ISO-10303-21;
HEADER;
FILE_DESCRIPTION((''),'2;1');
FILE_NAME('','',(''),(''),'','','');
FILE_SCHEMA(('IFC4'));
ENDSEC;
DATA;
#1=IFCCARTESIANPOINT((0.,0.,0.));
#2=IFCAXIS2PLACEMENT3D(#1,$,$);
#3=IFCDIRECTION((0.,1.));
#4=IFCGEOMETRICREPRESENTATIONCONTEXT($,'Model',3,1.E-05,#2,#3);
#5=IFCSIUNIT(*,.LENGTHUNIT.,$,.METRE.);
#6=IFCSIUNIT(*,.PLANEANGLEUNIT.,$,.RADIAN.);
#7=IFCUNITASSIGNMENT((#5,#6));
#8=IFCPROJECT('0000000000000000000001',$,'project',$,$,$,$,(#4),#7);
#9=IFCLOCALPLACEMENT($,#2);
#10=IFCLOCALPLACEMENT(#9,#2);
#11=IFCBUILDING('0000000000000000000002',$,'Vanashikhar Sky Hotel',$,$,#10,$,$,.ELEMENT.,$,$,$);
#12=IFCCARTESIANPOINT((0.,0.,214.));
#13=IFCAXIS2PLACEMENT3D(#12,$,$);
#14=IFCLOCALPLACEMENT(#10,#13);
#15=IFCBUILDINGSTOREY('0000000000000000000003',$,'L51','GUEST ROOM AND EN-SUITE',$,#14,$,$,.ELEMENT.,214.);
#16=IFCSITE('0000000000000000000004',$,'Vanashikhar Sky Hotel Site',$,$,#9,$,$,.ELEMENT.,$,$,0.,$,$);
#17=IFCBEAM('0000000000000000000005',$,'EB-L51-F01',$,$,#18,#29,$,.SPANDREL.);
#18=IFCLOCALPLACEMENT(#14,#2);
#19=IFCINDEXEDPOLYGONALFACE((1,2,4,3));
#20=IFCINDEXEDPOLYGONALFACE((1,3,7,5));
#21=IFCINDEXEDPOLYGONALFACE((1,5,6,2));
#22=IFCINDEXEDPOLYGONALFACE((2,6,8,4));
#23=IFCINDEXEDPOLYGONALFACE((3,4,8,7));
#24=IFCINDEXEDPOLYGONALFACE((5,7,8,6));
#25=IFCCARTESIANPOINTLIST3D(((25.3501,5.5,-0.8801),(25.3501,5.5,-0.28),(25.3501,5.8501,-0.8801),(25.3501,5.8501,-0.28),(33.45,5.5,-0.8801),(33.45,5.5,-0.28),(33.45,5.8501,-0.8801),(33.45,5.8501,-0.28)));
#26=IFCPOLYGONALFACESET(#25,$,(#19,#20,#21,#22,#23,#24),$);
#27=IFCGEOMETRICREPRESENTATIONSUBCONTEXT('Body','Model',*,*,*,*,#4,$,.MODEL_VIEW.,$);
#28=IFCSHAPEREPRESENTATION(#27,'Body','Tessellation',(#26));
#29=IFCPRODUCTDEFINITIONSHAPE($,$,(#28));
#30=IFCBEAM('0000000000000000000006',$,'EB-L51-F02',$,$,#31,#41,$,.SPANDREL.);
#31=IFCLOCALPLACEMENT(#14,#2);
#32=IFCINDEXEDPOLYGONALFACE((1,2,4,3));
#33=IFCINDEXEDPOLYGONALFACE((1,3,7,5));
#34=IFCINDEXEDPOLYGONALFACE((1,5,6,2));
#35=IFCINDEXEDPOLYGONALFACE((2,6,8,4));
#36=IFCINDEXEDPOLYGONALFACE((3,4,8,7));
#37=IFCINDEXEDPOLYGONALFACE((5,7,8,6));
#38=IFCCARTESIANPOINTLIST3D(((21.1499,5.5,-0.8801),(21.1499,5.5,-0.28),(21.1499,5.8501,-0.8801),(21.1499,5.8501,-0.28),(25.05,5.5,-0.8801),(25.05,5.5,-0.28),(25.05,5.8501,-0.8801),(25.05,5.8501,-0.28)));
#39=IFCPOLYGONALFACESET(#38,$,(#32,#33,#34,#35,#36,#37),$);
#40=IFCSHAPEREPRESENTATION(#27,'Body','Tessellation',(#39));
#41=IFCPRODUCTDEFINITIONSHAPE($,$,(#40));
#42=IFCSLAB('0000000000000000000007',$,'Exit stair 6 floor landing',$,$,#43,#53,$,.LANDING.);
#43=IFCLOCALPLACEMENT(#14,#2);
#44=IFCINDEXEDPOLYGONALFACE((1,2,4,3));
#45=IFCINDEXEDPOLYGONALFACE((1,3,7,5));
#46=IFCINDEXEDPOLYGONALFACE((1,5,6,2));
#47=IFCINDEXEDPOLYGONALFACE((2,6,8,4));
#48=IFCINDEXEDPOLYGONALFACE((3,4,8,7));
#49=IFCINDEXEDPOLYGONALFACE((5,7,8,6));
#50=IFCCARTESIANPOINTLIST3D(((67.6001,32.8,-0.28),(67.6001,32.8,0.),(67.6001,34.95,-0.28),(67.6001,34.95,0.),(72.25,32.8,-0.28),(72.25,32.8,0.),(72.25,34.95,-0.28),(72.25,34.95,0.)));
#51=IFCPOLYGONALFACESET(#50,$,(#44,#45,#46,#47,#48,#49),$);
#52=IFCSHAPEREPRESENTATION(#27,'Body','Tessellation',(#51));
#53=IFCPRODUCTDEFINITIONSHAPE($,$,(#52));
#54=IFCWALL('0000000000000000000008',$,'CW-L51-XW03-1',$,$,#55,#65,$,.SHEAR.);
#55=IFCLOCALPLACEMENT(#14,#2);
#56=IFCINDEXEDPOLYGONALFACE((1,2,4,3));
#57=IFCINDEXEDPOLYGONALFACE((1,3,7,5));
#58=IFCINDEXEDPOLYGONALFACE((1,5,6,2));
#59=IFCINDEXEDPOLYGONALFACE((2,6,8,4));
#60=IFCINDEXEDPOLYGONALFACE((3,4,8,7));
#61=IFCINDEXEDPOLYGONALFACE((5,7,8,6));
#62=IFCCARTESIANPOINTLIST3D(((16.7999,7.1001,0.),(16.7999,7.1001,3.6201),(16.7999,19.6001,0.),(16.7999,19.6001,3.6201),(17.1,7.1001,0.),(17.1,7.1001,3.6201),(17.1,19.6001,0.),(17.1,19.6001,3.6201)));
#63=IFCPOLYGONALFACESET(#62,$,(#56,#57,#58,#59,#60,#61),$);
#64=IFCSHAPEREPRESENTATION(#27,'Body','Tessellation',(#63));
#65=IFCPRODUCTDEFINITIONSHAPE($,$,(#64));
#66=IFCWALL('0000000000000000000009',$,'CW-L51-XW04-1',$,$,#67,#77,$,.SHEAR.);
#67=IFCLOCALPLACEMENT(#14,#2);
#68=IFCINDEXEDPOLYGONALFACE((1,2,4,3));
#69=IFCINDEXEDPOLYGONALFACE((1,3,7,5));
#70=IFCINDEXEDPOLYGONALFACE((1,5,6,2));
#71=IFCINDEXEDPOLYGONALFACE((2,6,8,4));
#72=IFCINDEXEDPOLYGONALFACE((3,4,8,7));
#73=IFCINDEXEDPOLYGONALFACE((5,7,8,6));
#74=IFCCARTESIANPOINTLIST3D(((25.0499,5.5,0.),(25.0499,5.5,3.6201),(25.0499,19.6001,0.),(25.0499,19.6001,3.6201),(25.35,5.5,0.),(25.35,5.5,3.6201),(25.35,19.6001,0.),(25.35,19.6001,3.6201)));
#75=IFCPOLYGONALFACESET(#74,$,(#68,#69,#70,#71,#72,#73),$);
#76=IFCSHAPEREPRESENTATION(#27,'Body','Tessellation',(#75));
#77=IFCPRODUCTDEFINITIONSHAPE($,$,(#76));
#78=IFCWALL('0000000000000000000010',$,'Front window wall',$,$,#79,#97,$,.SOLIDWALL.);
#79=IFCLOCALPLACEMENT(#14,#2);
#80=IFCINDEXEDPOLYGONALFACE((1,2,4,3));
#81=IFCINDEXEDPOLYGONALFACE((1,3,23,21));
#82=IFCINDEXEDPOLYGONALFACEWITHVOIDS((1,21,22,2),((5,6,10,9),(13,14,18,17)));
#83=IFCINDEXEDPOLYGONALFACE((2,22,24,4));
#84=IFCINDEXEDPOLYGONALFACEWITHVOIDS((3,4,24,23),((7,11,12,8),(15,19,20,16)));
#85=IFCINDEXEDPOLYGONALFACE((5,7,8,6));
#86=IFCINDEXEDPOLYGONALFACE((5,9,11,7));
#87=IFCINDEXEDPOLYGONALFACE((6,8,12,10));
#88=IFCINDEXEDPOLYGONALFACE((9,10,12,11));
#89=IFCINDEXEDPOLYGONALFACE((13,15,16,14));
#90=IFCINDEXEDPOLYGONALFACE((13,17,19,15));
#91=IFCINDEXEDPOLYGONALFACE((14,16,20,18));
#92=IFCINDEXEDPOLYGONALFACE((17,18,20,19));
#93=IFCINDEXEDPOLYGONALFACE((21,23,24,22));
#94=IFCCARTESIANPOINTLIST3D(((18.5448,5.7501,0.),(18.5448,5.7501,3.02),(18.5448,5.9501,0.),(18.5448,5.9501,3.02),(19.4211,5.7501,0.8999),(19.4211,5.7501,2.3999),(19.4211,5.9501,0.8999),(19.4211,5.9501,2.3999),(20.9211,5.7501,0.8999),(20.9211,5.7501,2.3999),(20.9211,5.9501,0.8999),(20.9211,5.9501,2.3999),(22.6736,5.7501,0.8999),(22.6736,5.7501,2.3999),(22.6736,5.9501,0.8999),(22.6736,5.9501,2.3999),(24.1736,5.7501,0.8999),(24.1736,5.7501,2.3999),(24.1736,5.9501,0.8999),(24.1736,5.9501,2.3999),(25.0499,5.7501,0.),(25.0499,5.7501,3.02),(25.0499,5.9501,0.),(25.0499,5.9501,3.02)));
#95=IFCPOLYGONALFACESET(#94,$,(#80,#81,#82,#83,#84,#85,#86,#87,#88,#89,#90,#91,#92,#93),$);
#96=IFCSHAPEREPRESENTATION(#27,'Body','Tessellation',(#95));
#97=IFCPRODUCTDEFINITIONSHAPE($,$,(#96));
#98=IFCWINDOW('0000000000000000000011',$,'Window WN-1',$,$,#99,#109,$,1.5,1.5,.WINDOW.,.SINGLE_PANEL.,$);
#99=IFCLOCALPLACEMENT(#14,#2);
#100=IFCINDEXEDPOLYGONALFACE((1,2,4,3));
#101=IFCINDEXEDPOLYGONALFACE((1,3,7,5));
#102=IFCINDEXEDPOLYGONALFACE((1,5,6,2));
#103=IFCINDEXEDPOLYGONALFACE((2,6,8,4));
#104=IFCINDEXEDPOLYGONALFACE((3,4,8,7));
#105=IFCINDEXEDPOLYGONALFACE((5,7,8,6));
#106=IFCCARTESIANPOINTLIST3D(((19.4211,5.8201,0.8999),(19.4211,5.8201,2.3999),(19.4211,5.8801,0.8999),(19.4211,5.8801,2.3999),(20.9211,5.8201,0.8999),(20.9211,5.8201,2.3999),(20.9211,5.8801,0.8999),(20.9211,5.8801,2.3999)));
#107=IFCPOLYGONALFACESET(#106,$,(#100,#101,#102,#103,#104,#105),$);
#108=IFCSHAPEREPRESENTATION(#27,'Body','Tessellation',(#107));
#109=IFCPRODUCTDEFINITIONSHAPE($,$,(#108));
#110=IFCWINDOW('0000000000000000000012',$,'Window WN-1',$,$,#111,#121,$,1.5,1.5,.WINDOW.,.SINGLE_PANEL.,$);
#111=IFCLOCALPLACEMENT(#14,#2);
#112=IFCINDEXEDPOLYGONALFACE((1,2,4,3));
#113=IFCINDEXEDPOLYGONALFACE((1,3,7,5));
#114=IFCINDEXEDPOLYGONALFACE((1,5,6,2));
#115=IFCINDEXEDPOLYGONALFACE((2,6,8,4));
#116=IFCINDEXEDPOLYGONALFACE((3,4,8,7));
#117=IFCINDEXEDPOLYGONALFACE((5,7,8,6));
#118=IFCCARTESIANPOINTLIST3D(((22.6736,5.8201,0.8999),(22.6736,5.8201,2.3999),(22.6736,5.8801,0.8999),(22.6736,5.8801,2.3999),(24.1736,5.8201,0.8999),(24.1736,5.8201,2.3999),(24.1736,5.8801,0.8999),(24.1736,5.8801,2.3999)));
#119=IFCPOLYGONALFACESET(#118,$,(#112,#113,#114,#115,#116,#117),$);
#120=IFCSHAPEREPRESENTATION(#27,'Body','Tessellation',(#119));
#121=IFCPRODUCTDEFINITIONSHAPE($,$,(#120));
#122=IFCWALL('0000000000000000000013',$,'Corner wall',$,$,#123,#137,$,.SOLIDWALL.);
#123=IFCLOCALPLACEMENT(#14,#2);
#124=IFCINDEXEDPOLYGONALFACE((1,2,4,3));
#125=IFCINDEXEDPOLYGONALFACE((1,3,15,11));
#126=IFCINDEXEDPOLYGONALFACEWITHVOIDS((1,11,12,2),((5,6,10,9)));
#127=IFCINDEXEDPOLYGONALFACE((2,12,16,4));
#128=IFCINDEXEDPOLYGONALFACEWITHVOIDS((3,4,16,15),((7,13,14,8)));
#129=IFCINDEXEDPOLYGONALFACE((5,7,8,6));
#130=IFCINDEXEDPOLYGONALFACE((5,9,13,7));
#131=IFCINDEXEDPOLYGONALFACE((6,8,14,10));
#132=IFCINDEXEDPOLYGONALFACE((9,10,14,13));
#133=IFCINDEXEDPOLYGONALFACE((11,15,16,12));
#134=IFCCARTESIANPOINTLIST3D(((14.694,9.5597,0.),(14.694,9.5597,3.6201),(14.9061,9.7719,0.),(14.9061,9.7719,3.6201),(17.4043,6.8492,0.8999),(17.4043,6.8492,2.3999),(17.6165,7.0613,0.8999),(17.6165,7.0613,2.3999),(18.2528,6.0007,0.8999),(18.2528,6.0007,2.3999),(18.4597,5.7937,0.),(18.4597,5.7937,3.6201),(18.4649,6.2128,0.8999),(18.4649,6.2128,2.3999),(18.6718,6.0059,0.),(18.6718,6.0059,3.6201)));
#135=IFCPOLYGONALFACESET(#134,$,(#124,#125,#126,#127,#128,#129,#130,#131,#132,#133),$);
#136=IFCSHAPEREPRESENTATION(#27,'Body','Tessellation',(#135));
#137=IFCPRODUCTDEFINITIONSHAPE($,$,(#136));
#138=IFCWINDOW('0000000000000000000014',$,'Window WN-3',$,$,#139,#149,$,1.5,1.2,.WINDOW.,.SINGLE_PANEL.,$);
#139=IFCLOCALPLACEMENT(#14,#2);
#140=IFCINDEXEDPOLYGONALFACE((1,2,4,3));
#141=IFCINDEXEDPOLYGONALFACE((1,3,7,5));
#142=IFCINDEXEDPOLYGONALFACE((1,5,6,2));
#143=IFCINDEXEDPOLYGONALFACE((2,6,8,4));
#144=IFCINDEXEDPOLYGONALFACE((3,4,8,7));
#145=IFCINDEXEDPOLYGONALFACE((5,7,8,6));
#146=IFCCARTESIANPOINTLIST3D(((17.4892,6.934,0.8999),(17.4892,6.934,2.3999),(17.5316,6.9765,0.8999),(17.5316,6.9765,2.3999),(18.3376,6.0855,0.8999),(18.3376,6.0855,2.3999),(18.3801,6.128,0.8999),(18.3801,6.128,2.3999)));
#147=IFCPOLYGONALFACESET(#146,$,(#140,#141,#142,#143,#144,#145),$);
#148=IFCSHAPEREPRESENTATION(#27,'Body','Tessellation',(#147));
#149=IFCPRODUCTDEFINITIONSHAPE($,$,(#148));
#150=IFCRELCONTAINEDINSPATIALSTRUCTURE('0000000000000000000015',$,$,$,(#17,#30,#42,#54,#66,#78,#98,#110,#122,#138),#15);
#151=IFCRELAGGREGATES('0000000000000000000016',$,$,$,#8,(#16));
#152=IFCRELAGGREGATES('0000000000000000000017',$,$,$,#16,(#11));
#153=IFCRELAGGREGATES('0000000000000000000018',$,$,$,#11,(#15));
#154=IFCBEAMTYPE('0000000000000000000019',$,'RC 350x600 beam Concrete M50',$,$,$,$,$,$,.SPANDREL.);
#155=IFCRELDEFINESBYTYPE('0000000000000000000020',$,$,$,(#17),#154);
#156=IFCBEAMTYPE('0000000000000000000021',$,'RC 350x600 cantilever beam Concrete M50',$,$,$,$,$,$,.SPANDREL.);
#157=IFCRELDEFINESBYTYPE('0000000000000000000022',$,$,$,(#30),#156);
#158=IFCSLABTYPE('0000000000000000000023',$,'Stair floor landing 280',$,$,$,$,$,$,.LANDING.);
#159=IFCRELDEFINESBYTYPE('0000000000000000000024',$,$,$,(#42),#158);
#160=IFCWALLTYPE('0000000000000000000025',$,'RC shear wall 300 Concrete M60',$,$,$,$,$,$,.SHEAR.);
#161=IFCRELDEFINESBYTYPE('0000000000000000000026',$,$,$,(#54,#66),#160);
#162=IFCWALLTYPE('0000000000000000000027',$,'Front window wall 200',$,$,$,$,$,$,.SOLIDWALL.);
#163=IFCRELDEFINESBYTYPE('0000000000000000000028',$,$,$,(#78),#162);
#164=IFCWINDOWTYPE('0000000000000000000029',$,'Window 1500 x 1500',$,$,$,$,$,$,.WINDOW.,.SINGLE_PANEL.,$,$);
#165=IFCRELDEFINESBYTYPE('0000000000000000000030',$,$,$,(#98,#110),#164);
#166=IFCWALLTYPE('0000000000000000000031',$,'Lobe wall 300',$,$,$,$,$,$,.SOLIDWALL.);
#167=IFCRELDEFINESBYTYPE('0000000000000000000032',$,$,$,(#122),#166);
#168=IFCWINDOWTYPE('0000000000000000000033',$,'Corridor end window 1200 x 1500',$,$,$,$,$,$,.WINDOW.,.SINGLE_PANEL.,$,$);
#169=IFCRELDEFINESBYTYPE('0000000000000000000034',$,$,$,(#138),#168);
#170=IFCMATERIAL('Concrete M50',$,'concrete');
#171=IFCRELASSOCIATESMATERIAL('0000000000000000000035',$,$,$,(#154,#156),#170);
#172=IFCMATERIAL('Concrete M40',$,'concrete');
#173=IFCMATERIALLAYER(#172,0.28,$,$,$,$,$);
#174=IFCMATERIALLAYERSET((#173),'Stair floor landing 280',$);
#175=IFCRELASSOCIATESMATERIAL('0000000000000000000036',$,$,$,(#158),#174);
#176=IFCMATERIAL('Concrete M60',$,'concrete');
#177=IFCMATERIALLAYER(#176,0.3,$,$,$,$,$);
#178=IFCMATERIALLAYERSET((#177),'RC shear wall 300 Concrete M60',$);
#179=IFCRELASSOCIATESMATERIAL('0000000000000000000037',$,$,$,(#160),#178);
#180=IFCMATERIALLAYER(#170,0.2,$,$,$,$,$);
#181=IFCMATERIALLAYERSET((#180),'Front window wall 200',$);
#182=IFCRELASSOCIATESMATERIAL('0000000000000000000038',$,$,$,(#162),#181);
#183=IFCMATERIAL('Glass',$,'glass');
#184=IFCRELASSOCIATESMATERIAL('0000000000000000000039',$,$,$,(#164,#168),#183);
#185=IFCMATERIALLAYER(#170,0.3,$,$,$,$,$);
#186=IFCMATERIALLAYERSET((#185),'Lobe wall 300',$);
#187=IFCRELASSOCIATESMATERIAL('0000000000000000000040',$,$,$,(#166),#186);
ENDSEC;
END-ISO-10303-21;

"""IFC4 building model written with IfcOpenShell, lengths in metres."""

from ifc_helpers import new_model, si_unit, direction, frame, frame_2d, origin, origin_2d, place, context, subcontext, project, spatial, polyline, rectangle, outline, extrude, source, transform, mapped, material, layer, layer_set, material_profile, profile_set, type_object, element, fill, save


model = new_model("IFC4")

# Units and contexts
model_context = context("Model", 3, precision=1e-05, world=origin(), true_north=direction((0.0, 1.0)))
body_context = subcontext(model_context, "Body", "Model", "MODEL_VIEW")
ifc_project = project(units=[si_unit("LENGTHUNIT", "METRE"), si_unit("PLANEANGLEUNIT", "RADIAN")], contexts=[model_context])

# Site, building, storey
site_placement = place(None, origin())
site = spatial("IfcSite", under=ifc_project, at=site_placement, Name="Vanashikhar Sky Hotel Site", CompositionType="ELEMENT", RefElevation=0.0)
building_placement = place(site_placement, origin())
building = spatial("IfcBuilding", under=site, at=building_placement, Name="Vanashikhar Sky Hotel", CompositionType="ELEMENT")
storey_placement = place(building_placement, frame((0.0, 0.0, 214.0)))
storey = spatial("IfcBuildingStorey", under=building, at=storey_placement, Name="L51", Description="GUEST ROOM AND EN-SUITE", CompositionType="ELEMENT", Elevation=214.0)

# Beams
ifc_material_1 = material(Name="Concrete M50", Category="concrete")
ifc_material_profile_1 = material_profile(ifc_material_1, rectangle(XDim=0.3501, YDim=0.6001, at=origin_2d()))
ifc_profile_set_1 = profile_set([ifc_material_profile_1], Name="RC 350x600 beam Concrete M50")
beam_type_1 = type_object("IfcBeamType", Name="RC 350x600 beam Concrete M50", PredefinedType="SPANDREL", material=ifc_profile_set_1)
shared_shape_1 = source(origin(), body_context, "Body", "SweptSolid", [
    extrude(rectangle(XDim=0.3501, YDim=0.6001, at=origin_2d()), origin(), (0.0, 0.0, 1.0), 8.0999),
])
beam_1_placement = place(storey_placement, frame((25.3501, 5.675, -0.5801), z_axis=(1.0, 0.0, 0.0), x_axis=(0.0, 1.0, 0.0)))
element("IfcBeam", 1, at=beam_1_placement, inside=storey, type_object=beam_type_1, Name="EB-L51-F01", PredefinedType="SPANDREL", context=body_context, shape_type="MappedRepresentation", body=[
    mapped(shared_shape_1, transform((0.0, 0.0, 0.0), scale=1.0)),
])
ifc_material_profile_2 = material_profile(ifc_material_1, rectangle(XDim=0.3501, YDim=0.6001, at=origin_2d()))
ifc_profile_set_2 = profile_set([ifc_material_profile_2], Name="RC 350x600 cantilever beam Concrete M50")
beam_type_2 = type_object("IfcBeamType", Name="RC 350x600 cantilever beam Concrete M50", PredefinedType="SPANDREL", material=ifc_profile_set_2)
shared_shape_2 = source(origin(), body_context, "Body", "SweptSolid", [
    extrude(rectangle(XDim=0.3501, YDim=0.6001, at=origin_2d()), origin(), (0.0, 0.0, 1.0), 3.9001),
])
beam_2_placement = place(storey_placement, frame((21.1499, 5.675, -0.5801), z_axis=(1.0, 0.0, 0.0), x_axis=(0.0, 1.0, 0.0)))
element("IfcBeam", 2, at=beam_2_placement, inside=storey, type_object=beam_type_2, Name="EB-L51-F02", PredefinedType="SPANDREL", context=body_context, shape_type="MappedRepresentation", body=[
    mapped(shared_shape_2, transform((0.0, 0.0, 0.0), scale=1.0)),
])

# Slab
ifc_material_2 = material(Name="Concrete M40", Category="concrete")
ifc_layer_1 = layer(ifc_material_2, 0.28)
ifc_layer_set_1 = layer_set([ifc_layer_1], Name="Stair floor landing 280")
slab_type = type_object("IfcSlabType", Name="Stair floor landing 280", PredefinedType="LANDING", material=ifc_layer_set_1)
shared_shape_3 = source(origin(), body_context, "Body", "SweptSolid", [
    extrude(outline(polyline([(72.25, 32.8), (72.25, 34.95), (67.6001, 34.95), (67.6001, 32.8), (72.25, 32.8)])), origin(), (0.0, 0.0, 1.0), 0.28),
])
slab_placement = place(storey_placement, frame((0.0, 0.0, -0.28)))
element("IfcSlab", 3, at=slab_placement, inside=storey, type_object=slab_type, Name="Exit stair 6 floor landing", PredefinedType="LANDING", context=body_context, shape_type="MappedRepresentation", body=[
    mapped(shared_shape_3, transform((0.0, 0.0, 0.0), scale=1.0)),
])

# Walls
ifc_material_3 = material(Name="Concrete M60", Category="concrete")
ifc_layer_2 = layer(ifc_material_3, 0.3)
ifc_layer_set_2 = layer_set([ifc_layer_2], Name="RC shear wall 300 Concrete M60")
wall_type_1 = type_object("IfcWallType", Name="RC shear wall 300 Concrete M60", PredefinedType="SHEAR", material=ifc_layer_set_2)
shared_shape_4 = source(origin(), body_context, "Body", "SweptSolid", [
    extrude(rectangle(XDim=12.5, YDim=0.3, at=frame_2d((6.25, 0.0))), origin(), (0.0, 0.0, 1.0), 3.6201),
])
wall_1_placement = place(storey_placement, frame((16.95, 7.1001, 0.0), z_axis=(0.0, 0.0, 1.0), x_axis=(0.0, 1.0, 0.0)))
element("IfcWall", 4, at=wall_1_placement, inside=storey, type_object=wall_type_1, Name="CW-L51-XW03-1", PredefinedType="SHEAR", context=body_context, shape_type="MappedRepresentation", body=[
    mapped(shared_shape_4, transform((0.0, 0.0, 0.0), scale=1.0)),
])
shared_shape_5 = source(origin(), body_context, "Body", "SweptSolid", [
    extrude(rectangle(XDim=14.1001, YDim=0.3, at=frame_2d((7.05, 0.0))), origin(), (0.0, 0.0, 1.0), 3.6201),
])
wall_2_placement = place(storey_placement, frame((25.2, 5.5, 0.0), z_axis=(0.0, 0.0, 1.0), x_axis=(0.0, 1.0, 0.0)))
element("IfcWall", 5, at=wall_2_placement, inside=storey, type_object=wall_type_1, Name="CW-L51-XW04-1", PredefinedType="SHEAR", context=body_context, shape_type="MappedRepresentation", body=[
    mapped(shared_shape_5, transform((0.0, 0.0, 0.0), scale=1.0)),
])

# Wall, openings, windows
ifc_layer_3 = layer(ifc_material_1, 0.2)
ifc_layer_set_3 = layer_set([ifc_layer_3], Name="Front window wall 200")
wall_type_2 = type_object("IfcWallType", Name="Front window wall 200", PredefinedType="SOLIDWALL", material=ifc_layer_set_3)
shared_shape_6 = source(origin(), body_context, "Body", "SweptSolid", [
    extrude(rectangle(XDim=6.5051, YDim=0.2, at=frame_2d((3.2524, 0.0))), origin(), (0.0, 0.0, 1.0), 3.02),
])
wall_3_placement = place(storey_placement, frame((18.5449, 5.8501, 0.0), z_axis=(0.0, 0.0, 1.0), x_axis=(1.0, 0.0, 0.0)))
wall_3 = element("IfcWall", 6, at=wall_3_placement, inside=storey, type_object=wall_type_2, Name="Front window wall", PredefinedType="SOLIDWALL", context=body_context, shape_type="MappedRepresentation", body=[
    mapped(shared_shape_6, transform((0.0, 0.0, 0.0), scale=1.0)),
])
shared_shape_7 = source(origin(), body_context, "Body", "SweptSolid", [
    extrude(rectangle(XDim=1.5, YDim=1.5, at=frame_2d((0.75, 0.75))), frame((0.0, 0.1099, 0.0), z_axis=(0.0, -1.0, 0.0), x_axis=(1.0, 0.0, 0.0)), (0.0, 0.0, 1.0), 0.22),
])
opening_1_placement = place(wall_3_placement, frame((0.8762, 0.0, 0.8999)))
opening_1 = element("IfcOpeningElement", 7, at=opening_1_placement, cuts=wall_3, PredefinedType="OPENING", context=body_context, shape_type="MappedRepresentation", body=[
    mapped(shared_shape_7, transform((0.0, 0.0, 0.0), scale=1.0)),
])
opening_2_placement = place(wall_3_placement, frame((4.1287, 0.0, 0.8999)))
opening_2 = element("IfcOpeningElement", 8, at=opening_2_placement, cuts=wall_3, PredefinedType="OPENING", context=body_context, shape_type="MappedRepresentation", body=[
    mapped(shared_shape_7, transform((0.0, 0.0, 0.0), scale=1.0)),
])
ifc_material_4 = material(Name="Glass", Category="glass")
window_type_1 = type_object("IfcWindowType", Name="Window 1500 x 1500", PartitioningType="SINGLE_PANEL", PredefinedType="WINDOW", material=ifc_material_4)
shared_shape_8 = source(origin(), body_context, "Body", "SweptSolid", [
    extrude(rectangle(XDim=1.5, YDim=1.5, at=frame_2d((0.75, 0.75))), frame((0.0, 0.03, 0.0), z_axis=(0.0, -1.0, 0.0), x_axis=(1.0, 0.0, 0.0)), (0.0, 0.0, 1.0), 0.0601),
])
window_1_placement = place(opening_1_placement, origin())
window_1 = element("IfcWindow", 9, at=window_1_placement, inside=storey, type_object=window_type_1, Name="Window WN-1", OverallHeight=1.5, OverallWidth=1.5, PartitioningType="SINGLE_PANEL", PredefinedType="WINDOW", context=body_context, shape_type="MappedRepresentation", body=[
    mapped(shared_shape_8, transform((0.0, 0.0, 0.0), scale=1.0)),
])
fill(opening_1, window_1)
window_2_placement = place(opening_2_placement, origin())
window_2 = element("IfcWindow", 10, at=window_2_placement, inside=storey, type_object=window_type_1, Name="Window WN-1", OverallHeight=1.5, OverallWidth=1.5, PartitioningType="SINGLE_PANEL", PredefinedType="WINDOW", context=body_context, shape_type="MappedRepresentation", body=[
    mapped(shared_shape_8, transform((0.0, 0.0, 0.0), scale=1.0)),
])
fill(opening_2, window_2)

# Wall, opening, window
ifc_layer_4 = layer(ifc_material_1, 0.3)
ifc_layer_set_4 = layer_set([ifc_layer_4], Name="Lobe wall 300")
wall_type_3 = type_object("IfcWallType", Name="Lobe wall 300", PredefinedType="SOLIDWALL", material=ifc_layer_set_4)
shared_shape_9 = source(origin(), body_context, "Body", "SweptSolid", [
    extrude(rectangle(XDim=5.3257, YDim=0.3, at=frame_2d((2.6628, 0.0))), origin(), (0.0, 0.0, 1.0), 3.6201),
])
wall_4_placement = place(storey_placement, frame((14.8, 9.6658, 0.0), z_axis=(0.0, 0.0, 1.0), x_axis=(0.707084, -0.70713, 0.0)))
wall_4 = element("IfcWall", 11, at=wall_4_placement, inside=storey, type_object=wall_type_3, Name="Corner wall", PredefinedType="SOLIDWALL", context=body_context, shape_type="MappedRepresentation", body=[
    mapped(shared_shape_9, transform((0.0, 0.0, 0.0), scale=1.0)),
])
shared_shape_10 = source(origin(), body_context, "Body", "SweptSolid", [
    extrude(rectangle(XDim=1.2, YDim=1.5, at=frame_2d((0.6001, 0.75))), frame((0.0, 0.1602, 0.0), z_axis=(0.0, -1.0, 0.0), x_axis=(1.0, 0.0, 0.0)), (0.0, 0.0, 1.0), 0.3201),
])
opening_3_placement = place(wall_4_placement, frame((3.833, 0.0, 0.8999)))
opening_3 = element("IfcOpeningElement", 12, at=opening_3_placement, cuts=wall_4, PredefinedType="OPENING", context=body_context, shape_type="MappedRepresentation", body=[
    mapped(shared_shape_10, transform((0.0, 0.0, 0.0), scale=1.0)),
])
window_type_2 = type_object("IfcWindowType", Name="Corridor end window 1200 x 1500", PartitioningType="SINGLE_PANEL", PredefinedType="WINDOW", material=ifc_material_4)
shared_shape_11 = source(origin(), body_context, "Body", "SweptSolid", [
    extrude(rectangle(XDim=1.2, YDim=1.5, at=frame_2d((0.6001, 0.75))), frame((0.0, 0.03, 0.0), z_axis=(0.0, -1.0, 0.0), x_axis=(1.0, 0.0, 0.0)), (0.0, 0.0, 1.0), 0.0601),
])
window_3_placement = place(opening_3_placement, origin())
window_3 = element("IfcWindow", 13, at=window_3_placement, inside=storey, type_object=window_type_2, Name="Window WN-3", OverallHeight=1.5, OverallWidth=1.2, PartitioningType="SINGLE_PANEL", PredefinedType="WINDOW", context=body_context, shape_type="MappedRepresentation", body=[
    mapped(shared_shape_11, transform((0.0, 0.0, 0.0), scale=1.0)),
])
fill(opening_3, window_3)

save(model, "model.ifc")
